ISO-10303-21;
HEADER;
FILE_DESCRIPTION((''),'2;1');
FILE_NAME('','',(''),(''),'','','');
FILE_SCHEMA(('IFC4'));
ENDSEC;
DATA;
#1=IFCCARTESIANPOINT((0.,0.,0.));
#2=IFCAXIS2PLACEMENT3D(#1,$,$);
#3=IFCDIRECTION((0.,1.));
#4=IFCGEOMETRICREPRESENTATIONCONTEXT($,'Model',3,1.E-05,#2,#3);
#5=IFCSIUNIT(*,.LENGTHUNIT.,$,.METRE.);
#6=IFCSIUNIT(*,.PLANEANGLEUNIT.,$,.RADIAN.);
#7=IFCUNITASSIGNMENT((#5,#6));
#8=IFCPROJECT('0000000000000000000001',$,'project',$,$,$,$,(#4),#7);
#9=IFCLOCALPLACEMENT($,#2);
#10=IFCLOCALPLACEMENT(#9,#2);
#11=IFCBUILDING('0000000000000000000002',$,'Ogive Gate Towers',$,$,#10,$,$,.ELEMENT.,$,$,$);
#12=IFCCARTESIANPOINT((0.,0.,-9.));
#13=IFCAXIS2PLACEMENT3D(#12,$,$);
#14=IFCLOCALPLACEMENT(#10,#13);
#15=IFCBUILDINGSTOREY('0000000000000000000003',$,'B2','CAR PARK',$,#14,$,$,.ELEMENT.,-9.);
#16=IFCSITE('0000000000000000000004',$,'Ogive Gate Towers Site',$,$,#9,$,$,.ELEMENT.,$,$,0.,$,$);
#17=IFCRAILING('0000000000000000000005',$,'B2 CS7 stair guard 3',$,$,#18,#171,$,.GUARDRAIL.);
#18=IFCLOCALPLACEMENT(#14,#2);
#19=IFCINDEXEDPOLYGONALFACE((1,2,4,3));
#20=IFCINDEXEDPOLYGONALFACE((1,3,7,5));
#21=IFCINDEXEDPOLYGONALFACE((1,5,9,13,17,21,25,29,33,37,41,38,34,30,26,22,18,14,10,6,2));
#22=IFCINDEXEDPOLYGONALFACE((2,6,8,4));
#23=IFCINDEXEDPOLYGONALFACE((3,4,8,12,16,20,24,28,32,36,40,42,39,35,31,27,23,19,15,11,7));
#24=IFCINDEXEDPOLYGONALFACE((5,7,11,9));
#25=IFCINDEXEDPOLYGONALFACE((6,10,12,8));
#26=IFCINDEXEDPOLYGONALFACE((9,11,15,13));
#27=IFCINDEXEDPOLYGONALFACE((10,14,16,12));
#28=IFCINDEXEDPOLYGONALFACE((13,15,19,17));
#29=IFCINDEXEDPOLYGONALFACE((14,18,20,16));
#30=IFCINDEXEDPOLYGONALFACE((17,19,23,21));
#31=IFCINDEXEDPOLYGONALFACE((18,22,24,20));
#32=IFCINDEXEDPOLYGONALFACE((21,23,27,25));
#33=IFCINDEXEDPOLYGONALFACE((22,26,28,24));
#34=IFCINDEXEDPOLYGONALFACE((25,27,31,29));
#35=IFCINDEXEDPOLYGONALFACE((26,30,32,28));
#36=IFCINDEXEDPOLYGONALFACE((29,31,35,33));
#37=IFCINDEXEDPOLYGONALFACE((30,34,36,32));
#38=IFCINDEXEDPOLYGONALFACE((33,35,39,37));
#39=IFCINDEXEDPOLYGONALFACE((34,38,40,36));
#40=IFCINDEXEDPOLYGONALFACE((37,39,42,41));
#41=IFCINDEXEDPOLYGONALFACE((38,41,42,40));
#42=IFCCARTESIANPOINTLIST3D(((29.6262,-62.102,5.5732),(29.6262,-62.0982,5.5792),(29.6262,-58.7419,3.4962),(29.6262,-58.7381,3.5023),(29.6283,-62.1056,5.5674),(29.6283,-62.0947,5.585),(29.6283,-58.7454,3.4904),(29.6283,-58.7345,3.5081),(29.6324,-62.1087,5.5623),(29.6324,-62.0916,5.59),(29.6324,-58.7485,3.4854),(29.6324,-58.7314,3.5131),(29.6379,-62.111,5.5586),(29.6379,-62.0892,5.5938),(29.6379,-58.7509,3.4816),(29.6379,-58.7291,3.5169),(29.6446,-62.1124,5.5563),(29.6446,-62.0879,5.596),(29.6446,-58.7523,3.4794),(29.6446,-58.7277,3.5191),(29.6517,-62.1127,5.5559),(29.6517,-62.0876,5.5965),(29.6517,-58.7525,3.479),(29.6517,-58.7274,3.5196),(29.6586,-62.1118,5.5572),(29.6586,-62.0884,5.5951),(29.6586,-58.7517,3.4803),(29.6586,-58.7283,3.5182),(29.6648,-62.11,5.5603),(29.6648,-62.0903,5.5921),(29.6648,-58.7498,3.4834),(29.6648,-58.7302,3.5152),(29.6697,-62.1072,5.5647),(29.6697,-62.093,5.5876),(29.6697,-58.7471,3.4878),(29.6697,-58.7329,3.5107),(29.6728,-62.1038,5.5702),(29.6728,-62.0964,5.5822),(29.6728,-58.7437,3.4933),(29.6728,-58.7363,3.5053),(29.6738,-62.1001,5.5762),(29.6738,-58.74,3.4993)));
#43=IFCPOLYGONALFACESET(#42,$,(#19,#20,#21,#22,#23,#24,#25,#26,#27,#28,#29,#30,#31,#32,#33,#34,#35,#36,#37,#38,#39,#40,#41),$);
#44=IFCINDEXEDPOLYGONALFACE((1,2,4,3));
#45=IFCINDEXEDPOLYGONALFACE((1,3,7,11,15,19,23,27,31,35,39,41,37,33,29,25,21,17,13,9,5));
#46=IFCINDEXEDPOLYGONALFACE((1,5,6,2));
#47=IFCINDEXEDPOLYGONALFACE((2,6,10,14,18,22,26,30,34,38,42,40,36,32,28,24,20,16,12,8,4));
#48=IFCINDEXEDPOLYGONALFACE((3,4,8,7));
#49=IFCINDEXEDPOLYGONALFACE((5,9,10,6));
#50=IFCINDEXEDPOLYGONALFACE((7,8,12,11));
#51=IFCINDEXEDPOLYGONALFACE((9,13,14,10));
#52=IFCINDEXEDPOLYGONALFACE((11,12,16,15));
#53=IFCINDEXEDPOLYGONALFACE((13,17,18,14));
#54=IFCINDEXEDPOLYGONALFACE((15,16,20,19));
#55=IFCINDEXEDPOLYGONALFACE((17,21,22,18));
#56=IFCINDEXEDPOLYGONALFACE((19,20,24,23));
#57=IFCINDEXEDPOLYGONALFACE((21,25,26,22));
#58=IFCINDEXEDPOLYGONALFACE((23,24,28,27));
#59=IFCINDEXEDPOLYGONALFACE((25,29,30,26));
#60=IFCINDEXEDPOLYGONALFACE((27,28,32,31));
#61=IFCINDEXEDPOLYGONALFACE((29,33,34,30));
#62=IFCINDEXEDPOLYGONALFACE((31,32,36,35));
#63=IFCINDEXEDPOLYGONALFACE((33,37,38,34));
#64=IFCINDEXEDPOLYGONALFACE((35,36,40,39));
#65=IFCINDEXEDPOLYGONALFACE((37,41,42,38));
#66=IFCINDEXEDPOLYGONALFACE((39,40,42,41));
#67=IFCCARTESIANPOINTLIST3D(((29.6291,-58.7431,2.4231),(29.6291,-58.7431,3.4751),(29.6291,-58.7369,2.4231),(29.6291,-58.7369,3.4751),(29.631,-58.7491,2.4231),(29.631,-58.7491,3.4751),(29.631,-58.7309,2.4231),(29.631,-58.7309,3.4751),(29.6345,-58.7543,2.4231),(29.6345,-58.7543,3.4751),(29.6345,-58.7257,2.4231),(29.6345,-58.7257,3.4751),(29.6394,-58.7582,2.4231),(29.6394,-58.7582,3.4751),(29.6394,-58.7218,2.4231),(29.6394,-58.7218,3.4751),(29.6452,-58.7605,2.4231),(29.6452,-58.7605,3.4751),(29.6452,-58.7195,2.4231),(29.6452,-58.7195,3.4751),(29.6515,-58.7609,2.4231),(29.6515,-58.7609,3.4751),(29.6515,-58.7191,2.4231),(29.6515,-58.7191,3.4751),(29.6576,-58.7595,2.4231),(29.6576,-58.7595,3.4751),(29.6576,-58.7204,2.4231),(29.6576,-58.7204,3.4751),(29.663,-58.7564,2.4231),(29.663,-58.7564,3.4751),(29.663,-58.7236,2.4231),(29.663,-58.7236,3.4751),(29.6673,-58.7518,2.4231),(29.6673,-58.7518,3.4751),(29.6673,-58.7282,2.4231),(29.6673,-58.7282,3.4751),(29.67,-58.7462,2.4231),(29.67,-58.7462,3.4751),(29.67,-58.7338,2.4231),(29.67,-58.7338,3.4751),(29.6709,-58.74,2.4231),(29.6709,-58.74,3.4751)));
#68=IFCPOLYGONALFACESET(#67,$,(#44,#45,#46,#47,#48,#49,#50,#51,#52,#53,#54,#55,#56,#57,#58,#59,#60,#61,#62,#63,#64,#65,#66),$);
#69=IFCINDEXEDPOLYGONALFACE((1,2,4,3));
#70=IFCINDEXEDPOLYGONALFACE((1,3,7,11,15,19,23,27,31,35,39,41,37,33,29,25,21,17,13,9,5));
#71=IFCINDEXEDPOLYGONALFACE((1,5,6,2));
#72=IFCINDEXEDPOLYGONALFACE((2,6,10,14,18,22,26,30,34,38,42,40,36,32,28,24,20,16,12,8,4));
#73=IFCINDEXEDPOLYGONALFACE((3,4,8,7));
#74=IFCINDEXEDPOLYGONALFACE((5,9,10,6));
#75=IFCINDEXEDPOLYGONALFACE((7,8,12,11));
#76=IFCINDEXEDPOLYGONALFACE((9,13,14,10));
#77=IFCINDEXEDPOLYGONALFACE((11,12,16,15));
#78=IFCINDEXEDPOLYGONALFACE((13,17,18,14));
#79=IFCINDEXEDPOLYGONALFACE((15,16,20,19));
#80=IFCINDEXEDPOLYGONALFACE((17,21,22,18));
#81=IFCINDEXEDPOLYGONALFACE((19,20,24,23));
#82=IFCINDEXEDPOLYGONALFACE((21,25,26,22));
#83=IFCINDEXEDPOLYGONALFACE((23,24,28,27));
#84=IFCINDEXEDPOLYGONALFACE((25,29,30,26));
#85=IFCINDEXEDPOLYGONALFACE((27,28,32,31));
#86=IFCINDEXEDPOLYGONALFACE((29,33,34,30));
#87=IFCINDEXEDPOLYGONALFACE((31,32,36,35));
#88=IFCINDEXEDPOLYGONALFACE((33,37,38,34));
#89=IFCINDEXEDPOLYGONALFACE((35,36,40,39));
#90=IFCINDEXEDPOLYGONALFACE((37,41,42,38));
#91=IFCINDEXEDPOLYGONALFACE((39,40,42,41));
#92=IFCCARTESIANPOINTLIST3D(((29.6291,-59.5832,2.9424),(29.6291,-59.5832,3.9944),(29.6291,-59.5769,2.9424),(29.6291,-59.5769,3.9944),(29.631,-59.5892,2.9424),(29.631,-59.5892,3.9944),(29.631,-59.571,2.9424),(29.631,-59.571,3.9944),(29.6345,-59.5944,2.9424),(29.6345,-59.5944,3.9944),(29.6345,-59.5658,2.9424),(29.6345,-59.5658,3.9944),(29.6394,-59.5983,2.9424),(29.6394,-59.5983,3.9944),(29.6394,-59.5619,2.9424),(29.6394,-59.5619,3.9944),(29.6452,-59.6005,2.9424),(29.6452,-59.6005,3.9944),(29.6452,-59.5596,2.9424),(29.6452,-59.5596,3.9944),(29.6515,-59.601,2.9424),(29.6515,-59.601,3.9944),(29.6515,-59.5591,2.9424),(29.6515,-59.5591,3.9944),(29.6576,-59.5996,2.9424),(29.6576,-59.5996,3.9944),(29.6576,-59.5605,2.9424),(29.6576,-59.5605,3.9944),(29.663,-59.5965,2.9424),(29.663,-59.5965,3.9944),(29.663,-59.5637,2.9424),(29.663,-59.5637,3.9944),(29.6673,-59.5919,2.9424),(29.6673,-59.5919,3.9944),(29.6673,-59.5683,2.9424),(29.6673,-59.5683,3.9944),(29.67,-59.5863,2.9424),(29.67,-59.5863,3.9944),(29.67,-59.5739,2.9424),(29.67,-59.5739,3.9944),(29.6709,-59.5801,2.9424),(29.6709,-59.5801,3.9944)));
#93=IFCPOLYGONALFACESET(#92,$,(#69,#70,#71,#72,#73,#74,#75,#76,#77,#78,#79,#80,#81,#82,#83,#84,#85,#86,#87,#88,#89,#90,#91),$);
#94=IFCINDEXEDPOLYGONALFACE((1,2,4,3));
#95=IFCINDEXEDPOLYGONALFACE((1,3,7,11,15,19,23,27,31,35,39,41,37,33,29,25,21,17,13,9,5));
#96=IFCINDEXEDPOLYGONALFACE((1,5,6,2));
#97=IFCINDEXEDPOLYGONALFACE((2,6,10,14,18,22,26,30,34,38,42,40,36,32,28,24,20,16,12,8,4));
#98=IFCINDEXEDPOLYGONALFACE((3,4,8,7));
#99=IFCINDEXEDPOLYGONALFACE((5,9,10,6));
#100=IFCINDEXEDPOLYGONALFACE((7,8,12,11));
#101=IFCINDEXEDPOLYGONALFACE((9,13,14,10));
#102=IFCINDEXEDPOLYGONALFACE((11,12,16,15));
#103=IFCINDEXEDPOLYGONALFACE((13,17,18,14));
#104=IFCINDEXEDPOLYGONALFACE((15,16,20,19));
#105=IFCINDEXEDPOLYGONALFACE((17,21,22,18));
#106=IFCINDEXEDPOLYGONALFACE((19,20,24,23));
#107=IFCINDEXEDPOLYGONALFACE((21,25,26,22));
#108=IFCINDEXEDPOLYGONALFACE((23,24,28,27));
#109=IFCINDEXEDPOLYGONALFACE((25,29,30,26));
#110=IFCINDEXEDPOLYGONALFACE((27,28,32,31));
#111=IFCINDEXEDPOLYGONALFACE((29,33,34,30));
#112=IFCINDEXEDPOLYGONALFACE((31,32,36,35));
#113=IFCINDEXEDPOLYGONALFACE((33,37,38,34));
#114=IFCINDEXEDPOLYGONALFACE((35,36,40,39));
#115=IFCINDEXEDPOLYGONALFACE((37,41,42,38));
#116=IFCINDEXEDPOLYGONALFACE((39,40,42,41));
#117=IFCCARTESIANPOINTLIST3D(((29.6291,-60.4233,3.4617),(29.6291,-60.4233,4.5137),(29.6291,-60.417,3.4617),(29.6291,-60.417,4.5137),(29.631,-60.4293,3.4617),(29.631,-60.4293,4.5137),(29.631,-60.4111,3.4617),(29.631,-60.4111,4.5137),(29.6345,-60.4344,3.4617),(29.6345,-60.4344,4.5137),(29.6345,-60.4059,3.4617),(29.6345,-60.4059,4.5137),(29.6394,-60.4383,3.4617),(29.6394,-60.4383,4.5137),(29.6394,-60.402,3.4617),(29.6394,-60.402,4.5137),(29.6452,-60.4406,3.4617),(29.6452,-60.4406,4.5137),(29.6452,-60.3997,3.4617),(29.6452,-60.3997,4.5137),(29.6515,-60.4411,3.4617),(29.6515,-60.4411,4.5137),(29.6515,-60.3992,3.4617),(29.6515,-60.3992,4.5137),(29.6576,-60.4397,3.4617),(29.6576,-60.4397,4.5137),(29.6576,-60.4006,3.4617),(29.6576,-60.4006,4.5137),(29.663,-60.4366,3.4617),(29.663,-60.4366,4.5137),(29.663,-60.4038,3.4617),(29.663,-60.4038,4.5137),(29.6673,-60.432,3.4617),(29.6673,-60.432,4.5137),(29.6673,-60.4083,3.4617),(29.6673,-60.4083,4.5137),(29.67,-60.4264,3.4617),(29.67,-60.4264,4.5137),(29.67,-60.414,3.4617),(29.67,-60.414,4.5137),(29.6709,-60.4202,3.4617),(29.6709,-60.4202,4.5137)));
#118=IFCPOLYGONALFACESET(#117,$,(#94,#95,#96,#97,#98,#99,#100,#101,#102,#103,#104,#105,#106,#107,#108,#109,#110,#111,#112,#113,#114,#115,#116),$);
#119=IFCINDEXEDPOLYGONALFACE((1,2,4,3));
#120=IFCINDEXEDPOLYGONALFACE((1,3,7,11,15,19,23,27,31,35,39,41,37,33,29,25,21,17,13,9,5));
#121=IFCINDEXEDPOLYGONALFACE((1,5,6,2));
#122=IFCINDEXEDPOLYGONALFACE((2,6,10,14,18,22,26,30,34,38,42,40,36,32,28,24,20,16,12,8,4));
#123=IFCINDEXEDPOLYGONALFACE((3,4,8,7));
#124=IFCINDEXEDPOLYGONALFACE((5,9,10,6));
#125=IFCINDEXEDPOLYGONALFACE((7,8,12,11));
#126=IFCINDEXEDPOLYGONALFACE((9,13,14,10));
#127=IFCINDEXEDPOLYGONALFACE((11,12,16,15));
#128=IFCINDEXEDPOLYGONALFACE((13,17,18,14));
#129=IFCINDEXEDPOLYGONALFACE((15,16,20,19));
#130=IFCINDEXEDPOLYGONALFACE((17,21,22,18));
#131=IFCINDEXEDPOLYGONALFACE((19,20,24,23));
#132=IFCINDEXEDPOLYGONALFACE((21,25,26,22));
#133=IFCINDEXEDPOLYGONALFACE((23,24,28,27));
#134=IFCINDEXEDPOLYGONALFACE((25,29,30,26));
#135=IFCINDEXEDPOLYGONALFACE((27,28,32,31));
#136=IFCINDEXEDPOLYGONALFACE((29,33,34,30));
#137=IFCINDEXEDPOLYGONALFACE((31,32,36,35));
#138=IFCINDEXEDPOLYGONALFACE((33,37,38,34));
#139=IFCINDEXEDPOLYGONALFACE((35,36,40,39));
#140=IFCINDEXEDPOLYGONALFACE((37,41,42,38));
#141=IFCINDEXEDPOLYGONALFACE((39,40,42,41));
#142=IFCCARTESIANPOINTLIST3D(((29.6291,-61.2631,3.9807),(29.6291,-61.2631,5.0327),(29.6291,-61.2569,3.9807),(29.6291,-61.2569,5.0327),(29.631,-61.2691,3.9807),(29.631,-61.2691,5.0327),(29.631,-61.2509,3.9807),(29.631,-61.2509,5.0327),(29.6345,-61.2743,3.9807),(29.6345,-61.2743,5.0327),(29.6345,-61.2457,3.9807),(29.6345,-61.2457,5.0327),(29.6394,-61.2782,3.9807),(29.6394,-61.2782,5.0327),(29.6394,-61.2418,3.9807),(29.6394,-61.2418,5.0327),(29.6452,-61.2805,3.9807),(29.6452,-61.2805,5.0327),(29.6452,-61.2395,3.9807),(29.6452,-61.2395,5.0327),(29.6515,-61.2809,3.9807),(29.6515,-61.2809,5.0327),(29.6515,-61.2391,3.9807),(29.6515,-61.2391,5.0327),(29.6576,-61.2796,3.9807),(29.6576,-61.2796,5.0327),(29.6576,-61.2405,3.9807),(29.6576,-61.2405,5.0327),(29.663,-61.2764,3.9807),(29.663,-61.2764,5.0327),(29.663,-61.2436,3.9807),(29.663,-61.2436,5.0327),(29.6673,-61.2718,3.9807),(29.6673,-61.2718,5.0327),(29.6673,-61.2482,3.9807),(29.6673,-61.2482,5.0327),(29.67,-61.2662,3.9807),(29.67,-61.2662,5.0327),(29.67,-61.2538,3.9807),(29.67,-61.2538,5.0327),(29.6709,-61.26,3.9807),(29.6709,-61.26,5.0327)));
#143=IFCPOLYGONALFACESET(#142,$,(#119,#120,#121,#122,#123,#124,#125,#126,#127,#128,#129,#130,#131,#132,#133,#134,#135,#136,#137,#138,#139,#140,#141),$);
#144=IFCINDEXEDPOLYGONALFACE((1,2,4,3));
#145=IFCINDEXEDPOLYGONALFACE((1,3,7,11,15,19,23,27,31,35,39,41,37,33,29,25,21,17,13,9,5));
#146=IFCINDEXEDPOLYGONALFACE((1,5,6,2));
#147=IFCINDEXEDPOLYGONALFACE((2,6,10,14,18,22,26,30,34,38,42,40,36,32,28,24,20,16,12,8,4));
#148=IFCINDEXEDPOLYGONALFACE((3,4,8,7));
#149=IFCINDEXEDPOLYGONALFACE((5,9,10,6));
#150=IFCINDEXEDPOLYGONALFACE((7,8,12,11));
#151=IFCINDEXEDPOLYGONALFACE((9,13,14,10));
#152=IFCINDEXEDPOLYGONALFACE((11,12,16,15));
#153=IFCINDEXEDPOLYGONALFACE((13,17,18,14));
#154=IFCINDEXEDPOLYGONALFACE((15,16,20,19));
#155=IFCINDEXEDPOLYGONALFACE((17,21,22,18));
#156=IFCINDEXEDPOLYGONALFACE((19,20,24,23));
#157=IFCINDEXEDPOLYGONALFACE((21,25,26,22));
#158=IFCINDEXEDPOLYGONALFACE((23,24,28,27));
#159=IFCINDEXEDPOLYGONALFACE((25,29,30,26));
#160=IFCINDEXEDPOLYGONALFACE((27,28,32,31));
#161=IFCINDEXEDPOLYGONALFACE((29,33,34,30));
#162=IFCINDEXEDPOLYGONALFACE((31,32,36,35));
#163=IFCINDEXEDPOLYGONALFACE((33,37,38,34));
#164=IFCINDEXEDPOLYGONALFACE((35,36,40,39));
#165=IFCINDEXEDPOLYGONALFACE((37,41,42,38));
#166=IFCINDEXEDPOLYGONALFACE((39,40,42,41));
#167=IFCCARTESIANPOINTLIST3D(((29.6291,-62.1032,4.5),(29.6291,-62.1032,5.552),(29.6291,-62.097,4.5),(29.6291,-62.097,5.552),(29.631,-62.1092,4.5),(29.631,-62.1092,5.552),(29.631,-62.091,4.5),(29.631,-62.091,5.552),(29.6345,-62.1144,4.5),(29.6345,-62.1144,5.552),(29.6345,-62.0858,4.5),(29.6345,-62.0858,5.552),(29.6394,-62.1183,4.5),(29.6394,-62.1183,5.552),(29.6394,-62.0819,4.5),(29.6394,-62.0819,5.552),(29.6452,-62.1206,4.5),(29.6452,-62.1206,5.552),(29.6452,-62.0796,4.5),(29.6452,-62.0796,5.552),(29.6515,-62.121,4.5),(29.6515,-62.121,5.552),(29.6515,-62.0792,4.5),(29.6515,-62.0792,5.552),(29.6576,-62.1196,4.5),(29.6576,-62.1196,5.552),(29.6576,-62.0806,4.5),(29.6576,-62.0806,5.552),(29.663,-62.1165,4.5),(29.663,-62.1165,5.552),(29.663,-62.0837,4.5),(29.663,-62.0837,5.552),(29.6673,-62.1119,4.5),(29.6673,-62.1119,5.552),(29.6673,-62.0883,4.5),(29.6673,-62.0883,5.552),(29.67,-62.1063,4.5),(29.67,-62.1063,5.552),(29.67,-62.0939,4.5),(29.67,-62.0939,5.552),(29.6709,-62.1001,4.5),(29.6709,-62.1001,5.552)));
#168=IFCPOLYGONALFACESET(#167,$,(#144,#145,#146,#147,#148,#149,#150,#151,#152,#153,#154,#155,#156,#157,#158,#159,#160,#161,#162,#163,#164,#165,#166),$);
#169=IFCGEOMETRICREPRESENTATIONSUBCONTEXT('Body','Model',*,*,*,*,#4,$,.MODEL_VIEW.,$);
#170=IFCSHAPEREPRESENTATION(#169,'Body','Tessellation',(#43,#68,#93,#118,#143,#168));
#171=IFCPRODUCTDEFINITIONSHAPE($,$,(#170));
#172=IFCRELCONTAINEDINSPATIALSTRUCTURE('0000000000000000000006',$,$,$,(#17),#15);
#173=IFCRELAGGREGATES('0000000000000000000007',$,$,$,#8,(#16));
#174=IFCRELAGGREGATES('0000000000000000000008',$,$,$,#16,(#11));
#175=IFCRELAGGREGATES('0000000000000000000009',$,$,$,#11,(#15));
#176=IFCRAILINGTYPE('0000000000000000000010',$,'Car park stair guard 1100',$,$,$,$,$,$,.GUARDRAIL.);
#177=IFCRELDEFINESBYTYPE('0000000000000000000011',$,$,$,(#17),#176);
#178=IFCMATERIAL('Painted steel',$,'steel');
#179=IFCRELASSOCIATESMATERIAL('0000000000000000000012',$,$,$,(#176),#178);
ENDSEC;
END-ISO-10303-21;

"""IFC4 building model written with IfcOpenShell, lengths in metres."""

from ifc_helpers import new_model, si_unit, direction, frame, origin, origin_2d, place, context, subcontext, project, spatial, circle, extrude, material, type_object, element, save


model = new_model("IFC4")

# Units and contexts
model_context = context("Model", 3, precision=1e-05, world=origin(), true_north=direction((0.0, 1.0)))
body_context = subcontext(model_context, "Body", "Model", "MODEL_VIEW")
ifc_project = project(units=[si_unit("LENGTHUNIT", "METRE"), si_unit("PLANEANGLEUNIT", "RADIAN")], contexts=[model_context])

# Site, building, storey
site_placement = place(None, origin())
site = spatial("IfcSite", under=ifc_project, at=site_placement, Name="Ogive Gate Towers Site", CompositionType="ELEMENT", RefElevation=0.0)
building_placement = place(site_placement, origin())
building = spatial("IfcBuilding", under=site, at=building_placement, Name="Ogive Gate Towers", CompositionType="ELEMENT")
storey_placement = place(building_placement, frame((0.0, 0.0, -9.0)))
storey = spatial("IfcBuildingStorey", under=building, at=storey_placement, Name="B2", Description="CAR PARK", CompositionType="ELEMENT", Elevation=-9.0)

# Railing
ifc_material_1 = material(Name="Painted steel", Category="steel")
railing_type_1 = type_object("IfcRailingType", Name="Car park stair guard 1100", PredefinedType="GUARDRAIL", material=ifc_material_1)
railing_1_placement = place(storey_placement, frame((29.6499, -58.74, 2.4231)))
element("IfcRailing", 1, at=railing_1_placement, inside=storey, type_object=railing_type_1, Name="B2 CS7 stair guard 3", PredefinedType="GUARDRAIL", context=body_context, shape_type="SweptSolid", body=[
    extrude(circle(Radius=0.0239, at=origin_2d()), frame((0.0, 0.0, 1.0762), z_axis=(0.0, -0.850623, 0.525776), x_axis=(1.0, 0.0, 0.0)), (0.0, 0.0, 1.0), 3.9502),
    extrude(circle(Radius=0.021, at=origin_2d()), origin(), (0.0, 0.0, 1.0), 1.052),
    extrude(circle(Radius=0.021, at=origin_2d()), frame((0.0, -0.8401, 0.5193)), (0.0, 0.0, 1.0), 1.052),
    extrude(circle(Radius=0.021, at=origin_2d()), frame((0.0, -1.6802, 1.0386)), (0.0, 0.0, 1.0), 1.052),
    extrude(circle(Radius=0.021, at=origin_2d()), frame((0.0, -2.52, 1.5576)), (0.0, 0.0, 1.0), 1.052),
    extrude(circle(Radius=0.021, at=origin_2d()), frame((0.0, -3.3601, 2.0769)), (0.0, 0.0, 1.0), 1.052),
])

save(model, "model.ifc")
